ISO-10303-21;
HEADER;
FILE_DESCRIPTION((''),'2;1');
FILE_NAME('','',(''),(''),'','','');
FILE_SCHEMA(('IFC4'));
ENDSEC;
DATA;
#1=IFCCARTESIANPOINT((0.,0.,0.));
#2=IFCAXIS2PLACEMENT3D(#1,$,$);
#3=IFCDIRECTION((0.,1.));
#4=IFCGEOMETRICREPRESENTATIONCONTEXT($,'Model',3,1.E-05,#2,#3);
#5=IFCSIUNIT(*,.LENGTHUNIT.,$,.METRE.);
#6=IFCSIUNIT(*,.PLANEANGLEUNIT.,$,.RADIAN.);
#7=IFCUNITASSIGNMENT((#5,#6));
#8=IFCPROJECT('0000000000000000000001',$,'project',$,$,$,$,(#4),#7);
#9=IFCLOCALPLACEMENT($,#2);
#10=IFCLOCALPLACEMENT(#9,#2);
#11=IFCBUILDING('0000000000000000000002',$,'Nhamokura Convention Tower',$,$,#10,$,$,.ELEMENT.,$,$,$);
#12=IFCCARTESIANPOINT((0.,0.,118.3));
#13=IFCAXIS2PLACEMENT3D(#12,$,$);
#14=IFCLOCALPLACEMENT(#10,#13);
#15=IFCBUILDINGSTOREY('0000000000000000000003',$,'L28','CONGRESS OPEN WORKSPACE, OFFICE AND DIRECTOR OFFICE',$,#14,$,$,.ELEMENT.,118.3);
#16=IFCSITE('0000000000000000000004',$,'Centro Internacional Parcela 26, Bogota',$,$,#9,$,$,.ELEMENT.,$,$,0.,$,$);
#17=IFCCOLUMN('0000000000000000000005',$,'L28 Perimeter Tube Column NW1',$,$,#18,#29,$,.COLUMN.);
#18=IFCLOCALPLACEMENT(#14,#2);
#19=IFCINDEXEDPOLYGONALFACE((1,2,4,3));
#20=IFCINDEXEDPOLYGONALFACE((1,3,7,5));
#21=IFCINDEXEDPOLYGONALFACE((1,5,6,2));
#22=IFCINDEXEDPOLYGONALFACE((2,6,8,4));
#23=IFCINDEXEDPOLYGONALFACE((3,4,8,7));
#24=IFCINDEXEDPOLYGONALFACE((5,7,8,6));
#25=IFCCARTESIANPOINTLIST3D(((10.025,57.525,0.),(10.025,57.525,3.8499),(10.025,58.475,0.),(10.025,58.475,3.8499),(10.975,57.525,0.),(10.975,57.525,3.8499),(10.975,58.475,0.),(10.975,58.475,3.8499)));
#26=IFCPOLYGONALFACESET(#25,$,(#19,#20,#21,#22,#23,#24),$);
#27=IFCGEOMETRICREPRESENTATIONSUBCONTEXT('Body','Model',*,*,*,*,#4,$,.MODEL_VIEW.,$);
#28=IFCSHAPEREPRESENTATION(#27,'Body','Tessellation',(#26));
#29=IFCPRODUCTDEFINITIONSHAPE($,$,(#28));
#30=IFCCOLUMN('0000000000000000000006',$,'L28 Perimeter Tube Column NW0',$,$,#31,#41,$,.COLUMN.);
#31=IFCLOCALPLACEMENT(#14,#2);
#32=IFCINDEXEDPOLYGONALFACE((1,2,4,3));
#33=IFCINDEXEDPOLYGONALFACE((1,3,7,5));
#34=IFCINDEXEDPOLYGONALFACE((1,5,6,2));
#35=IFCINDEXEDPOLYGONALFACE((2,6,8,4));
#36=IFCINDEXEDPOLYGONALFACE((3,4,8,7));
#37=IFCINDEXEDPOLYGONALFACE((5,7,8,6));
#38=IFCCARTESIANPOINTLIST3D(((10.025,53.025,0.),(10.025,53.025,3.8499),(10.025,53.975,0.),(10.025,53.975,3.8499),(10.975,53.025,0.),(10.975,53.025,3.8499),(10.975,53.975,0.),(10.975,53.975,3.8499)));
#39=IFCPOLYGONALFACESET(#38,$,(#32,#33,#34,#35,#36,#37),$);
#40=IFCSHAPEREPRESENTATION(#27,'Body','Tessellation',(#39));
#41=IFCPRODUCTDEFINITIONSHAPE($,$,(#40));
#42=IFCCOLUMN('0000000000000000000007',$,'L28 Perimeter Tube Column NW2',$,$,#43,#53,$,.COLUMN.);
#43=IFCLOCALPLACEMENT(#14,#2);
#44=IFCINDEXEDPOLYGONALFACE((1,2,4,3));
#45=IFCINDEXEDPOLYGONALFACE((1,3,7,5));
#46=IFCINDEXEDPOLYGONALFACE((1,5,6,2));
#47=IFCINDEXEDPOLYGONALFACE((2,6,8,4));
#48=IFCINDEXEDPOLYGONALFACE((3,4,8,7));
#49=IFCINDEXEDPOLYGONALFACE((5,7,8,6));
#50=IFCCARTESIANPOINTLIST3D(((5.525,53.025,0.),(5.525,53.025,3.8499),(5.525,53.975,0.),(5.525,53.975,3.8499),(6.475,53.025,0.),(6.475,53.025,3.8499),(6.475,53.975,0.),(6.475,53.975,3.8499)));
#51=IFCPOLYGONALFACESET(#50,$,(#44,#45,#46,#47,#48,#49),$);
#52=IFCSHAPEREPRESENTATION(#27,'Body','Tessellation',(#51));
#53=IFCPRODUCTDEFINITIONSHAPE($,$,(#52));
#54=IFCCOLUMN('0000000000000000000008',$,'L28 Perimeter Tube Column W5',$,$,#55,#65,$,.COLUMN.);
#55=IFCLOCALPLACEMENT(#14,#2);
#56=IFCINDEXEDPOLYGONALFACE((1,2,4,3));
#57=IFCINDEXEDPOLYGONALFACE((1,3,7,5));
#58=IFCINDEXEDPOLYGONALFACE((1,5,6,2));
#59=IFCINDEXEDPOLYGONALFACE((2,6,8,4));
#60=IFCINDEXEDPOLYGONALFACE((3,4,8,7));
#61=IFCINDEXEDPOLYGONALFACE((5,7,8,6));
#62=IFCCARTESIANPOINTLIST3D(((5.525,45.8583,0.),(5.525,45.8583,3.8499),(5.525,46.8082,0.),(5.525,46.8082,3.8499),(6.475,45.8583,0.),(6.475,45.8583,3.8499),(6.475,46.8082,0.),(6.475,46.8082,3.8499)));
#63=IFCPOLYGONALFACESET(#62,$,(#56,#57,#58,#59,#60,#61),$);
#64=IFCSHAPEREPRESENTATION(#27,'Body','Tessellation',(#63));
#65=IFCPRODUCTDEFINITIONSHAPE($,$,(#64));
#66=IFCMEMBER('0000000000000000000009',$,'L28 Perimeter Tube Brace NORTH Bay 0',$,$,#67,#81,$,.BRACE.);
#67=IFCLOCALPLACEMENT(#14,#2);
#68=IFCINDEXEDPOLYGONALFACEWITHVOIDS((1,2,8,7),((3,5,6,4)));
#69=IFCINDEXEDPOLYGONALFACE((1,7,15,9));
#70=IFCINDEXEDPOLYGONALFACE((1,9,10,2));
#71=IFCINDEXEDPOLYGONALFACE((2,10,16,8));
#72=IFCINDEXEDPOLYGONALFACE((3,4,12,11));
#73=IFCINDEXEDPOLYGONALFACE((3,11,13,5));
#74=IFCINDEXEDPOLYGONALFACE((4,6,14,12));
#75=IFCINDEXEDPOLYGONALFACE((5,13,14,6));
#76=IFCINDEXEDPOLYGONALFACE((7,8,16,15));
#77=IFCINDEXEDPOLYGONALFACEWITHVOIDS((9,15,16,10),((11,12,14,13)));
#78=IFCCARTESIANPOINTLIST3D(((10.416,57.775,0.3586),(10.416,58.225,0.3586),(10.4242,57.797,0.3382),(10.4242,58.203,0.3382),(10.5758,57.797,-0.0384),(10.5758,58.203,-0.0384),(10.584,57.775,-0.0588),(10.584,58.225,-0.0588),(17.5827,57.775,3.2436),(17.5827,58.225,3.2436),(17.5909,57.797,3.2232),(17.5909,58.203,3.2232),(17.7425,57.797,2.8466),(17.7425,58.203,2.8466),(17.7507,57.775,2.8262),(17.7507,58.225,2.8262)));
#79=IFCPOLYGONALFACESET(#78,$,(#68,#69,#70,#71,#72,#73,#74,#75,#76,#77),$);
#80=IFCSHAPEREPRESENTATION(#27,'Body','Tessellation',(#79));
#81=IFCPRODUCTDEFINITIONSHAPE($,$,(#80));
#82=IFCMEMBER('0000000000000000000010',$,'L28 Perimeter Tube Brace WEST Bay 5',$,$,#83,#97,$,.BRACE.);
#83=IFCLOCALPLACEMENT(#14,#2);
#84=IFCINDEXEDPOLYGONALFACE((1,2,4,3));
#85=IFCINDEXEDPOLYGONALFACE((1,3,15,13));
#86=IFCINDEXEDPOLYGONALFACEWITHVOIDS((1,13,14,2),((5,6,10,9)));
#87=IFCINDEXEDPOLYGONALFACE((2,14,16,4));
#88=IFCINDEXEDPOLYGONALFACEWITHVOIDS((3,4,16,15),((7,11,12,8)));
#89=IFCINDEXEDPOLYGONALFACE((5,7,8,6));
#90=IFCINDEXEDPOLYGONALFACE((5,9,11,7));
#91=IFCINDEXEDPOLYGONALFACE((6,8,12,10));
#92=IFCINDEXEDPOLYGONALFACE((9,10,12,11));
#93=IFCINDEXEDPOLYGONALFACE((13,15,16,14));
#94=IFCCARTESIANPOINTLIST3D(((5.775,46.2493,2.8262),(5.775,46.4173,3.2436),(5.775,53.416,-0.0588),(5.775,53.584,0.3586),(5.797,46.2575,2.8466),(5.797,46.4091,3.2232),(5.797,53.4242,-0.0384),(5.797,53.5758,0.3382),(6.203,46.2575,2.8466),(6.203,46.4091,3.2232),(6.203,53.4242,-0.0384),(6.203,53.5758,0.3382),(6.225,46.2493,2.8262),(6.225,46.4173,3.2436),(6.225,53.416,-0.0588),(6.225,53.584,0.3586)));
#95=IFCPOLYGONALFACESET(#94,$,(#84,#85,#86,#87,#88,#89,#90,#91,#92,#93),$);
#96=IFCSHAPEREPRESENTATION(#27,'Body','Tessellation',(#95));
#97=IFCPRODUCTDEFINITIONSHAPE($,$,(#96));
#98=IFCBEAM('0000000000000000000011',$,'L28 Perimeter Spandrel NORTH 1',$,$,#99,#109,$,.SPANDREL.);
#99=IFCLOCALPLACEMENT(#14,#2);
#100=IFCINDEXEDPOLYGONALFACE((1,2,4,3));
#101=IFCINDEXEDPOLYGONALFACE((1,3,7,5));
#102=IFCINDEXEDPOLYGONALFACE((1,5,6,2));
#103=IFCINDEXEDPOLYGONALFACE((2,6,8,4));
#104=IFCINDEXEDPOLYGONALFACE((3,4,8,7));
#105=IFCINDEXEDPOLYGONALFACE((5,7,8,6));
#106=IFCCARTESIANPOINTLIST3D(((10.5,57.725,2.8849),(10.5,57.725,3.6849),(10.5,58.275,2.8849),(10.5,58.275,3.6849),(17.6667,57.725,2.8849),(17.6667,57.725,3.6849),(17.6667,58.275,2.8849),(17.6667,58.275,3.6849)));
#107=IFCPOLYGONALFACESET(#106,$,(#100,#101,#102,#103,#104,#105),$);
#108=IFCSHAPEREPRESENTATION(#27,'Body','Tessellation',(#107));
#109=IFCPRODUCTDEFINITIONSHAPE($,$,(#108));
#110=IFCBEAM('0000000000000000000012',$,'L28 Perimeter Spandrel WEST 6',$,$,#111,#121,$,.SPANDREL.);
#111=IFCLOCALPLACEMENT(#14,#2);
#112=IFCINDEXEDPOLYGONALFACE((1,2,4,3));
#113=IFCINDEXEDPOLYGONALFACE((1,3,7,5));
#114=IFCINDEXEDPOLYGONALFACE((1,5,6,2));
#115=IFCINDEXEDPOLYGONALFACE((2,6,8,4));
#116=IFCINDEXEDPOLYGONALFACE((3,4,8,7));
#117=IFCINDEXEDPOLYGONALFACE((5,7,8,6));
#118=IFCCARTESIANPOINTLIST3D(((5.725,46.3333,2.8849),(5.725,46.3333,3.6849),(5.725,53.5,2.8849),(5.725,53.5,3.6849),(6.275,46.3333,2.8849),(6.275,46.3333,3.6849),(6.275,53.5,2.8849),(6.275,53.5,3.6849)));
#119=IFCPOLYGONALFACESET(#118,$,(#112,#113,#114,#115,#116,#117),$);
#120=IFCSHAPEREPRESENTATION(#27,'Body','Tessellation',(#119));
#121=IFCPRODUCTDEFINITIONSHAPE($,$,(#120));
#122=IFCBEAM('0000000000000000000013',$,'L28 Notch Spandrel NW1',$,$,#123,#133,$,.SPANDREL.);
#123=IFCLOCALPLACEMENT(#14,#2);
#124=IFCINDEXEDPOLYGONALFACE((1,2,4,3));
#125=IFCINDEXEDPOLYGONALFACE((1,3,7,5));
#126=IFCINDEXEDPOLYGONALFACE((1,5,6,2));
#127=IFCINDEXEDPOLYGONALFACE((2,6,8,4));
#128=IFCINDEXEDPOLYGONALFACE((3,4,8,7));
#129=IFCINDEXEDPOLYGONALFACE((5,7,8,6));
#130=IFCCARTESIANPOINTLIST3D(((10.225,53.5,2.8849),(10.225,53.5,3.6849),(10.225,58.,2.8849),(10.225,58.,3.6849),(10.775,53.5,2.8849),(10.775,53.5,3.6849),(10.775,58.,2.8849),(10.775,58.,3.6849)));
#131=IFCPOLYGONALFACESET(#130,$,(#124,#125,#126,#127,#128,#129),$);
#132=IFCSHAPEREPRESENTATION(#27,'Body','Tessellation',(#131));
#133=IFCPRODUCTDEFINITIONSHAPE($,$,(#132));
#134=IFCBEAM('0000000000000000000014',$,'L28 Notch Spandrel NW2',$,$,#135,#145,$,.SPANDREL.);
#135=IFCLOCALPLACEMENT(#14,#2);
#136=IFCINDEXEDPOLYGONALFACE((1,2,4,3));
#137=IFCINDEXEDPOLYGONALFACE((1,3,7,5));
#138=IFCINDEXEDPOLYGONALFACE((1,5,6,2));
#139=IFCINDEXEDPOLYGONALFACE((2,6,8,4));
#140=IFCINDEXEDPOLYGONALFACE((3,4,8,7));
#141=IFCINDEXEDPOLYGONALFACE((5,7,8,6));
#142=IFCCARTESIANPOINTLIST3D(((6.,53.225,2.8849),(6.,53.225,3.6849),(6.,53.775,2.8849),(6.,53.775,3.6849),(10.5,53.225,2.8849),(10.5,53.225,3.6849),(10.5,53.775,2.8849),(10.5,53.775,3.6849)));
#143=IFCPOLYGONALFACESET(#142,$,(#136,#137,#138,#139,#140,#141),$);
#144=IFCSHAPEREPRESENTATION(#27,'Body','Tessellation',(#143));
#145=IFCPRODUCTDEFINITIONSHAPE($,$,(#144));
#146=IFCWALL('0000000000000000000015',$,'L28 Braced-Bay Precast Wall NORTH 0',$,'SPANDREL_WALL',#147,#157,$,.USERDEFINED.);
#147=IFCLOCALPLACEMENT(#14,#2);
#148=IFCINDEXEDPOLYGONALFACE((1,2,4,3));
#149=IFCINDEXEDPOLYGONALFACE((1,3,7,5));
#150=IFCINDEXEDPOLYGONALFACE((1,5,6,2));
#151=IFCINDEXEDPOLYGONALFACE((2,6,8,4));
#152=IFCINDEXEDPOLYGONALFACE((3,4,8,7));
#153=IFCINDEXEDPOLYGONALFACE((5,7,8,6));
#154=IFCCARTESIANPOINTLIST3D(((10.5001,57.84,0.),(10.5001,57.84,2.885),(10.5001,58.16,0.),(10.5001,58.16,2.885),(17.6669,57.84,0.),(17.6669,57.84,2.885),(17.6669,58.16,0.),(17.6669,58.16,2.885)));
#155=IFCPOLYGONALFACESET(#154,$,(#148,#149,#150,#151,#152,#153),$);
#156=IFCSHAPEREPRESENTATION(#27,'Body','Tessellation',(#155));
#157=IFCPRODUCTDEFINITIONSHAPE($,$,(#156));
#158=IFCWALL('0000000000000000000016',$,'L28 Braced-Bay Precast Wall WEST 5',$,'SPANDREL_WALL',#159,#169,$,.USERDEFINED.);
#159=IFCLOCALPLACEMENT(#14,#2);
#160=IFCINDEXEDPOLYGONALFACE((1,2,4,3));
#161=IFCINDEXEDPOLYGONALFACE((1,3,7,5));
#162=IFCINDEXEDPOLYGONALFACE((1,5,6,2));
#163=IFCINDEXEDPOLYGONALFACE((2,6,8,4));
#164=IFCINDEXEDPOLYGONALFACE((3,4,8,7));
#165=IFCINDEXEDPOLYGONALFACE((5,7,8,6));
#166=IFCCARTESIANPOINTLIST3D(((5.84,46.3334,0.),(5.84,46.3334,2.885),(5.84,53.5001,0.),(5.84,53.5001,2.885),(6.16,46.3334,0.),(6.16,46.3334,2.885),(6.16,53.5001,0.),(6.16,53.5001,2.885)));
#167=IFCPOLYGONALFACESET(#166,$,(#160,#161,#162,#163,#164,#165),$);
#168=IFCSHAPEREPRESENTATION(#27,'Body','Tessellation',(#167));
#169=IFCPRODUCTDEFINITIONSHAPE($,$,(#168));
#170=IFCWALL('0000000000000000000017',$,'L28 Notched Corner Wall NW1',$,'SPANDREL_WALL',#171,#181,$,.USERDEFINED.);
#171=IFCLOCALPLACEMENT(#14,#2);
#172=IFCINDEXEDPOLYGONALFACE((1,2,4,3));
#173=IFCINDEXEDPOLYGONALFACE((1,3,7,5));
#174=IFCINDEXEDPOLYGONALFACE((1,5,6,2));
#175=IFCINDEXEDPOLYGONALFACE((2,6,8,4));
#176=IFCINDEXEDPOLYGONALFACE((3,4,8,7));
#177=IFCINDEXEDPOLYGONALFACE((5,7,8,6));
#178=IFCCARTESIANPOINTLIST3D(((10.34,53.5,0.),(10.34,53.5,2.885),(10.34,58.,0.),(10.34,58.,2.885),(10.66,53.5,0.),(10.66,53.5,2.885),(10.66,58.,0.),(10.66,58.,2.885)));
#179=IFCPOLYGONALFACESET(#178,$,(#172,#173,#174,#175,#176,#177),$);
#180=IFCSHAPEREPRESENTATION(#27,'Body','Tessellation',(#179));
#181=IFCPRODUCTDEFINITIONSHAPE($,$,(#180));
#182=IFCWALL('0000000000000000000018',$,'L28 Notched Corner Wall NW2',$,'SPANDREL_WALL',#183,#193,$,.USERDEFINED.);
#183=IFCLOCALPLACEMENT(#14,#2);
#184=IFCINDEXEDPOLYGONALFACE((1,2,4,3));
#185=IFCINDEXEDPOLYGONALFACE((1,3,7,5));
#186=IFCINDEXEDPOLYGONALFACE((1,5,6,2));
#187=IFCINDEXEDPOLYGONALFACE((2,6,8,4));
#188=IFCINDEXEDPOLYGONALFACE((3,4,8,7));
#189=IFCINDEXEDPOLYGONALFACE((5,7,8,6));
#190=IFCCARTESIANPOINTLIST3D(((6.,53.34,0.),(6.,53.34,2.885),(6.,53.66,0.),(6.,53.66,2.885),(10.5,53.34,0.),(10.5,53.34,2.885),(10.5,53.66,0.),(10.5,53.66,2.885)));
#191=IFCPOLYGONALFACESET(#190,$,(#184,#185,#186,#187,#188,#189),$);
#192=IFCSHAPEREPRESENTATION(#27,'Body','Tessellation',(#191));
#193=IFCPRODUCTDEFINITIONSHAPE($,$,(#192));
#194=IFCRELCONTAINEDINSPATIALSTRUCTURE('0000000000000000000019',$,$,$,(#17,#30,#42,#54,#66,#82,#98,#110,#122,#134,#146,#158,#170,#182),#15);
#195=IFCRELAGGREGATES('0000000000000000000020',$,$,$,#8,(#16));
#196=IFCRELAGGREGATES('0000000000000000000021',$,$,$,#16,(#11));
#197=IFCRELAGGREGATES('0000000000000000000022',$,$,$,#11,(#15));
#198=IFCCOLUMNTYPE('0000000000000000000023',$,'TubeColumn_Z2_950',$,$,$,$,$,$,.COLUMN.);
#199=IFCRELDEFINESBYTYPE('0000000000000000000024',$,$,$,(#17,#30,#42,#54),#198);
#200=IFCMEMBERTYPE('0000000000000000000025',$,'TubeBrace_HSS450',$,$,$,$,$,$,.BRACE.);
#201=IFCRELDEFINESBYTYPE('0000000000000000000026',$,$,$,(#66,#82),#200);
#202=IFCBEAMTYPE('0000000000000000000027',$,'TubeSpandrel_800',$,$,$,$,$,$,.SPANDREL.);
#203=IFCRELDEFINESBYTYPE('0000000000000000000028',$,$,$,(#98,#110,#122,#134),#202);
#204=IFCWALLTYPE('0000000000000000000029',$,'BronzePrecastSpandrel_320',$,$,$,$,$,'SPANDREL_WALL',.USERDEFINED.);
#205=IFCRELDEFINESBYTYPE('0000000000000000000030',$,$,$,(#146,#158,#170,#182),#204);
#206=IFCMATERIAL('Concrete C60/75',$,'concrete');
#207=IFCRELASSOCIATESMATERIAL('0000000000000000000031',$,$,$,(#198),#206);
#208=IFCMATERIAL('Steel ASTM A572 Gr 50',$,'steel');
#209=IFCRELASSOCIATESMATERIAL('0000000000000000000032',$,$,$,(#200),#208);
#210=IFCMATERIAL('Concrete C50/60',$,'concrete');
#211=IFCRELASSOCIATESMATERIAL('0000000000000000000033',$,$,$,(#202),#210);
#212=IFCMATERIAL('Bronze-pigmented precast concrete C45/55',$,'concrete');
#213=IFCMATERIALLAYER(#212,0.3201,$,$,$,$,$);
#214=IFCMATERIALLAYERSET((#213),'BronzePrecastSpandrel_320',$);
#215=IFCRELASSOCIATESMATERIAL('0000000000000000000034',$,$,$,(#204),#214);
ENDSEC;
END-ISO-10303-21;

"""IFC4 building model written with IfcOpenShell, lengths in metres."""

from ifc_helpers import new_model, si_unit, direction, frame, frame_2d, origin, origin_2d, place, context, subcontext, project, spatial, rectangle, hollow_rectangle, extrude, material, layer, layer_set, material_profile, profile_set, type_object, element, save


model = new_model("IFC4")

# Units and contexts
model_context = context("Model", 3, precision=1e-05, world=origin(), true_north=direction((0.0, 1.0)))
body_context = subcontext(model_context, "Body", "Model", "MODEL_VIEW")
ifc_project = project(units=[si_unit("LENGTHUNIT", "METRE"), si_unit("PLANEANGLEUNIT", "RADIAN")], contexts=[model_context])

# Site, building, storey
site_placement = place(None, origin())
site = spatial("IfcSite", under=ifc_project, at=site_placement, Name="Centro Internacional Parcela 26, Bogota", CompositionType="ELEMENT", RefElevation=0.0)
building_placement = place(site_placement, origin())
building = spatial("IfcBuilding", under=site, at=building_placement, Name="Nhamokura Convention Tower", CompositionType="ELEMENT")
storey_placement = place(building_placement, frame((0.0, 0.0, 118.3)))
storey = spatial("IfcBuildingStorey", under=building, at=storey_placement, Name="L28", Description="CONGRESS OPEN WORKSPACE, OFFICE AND DIRECTOR OFFICE", CompositionType="ELEMENT", Elevation=118.3)

# Columns
ifc_material_1 = material(Name="Concrete C60/75", Category="concrete")
ifc_material_profile_1 = material_profile(ifc_material_1, rectangle(XDim=0.95, YDim=0.95, at=origin_2d()))
ifc_profile_set_1 = profile_set([ifc_material_profile_1], Name="Concrete C60/75")
column_type = type_object("IfcColumnType", Name="TubeColumn_Z2_950", PredefinedType="COLUMN", material=ifc_profile_set_1)
for number, where, z_axis, x_axis, name in (
    (1, (10.5, 58.0, 0.0), (0.0, 0.0, 1.0), (1.0, 0.0, 0.0), "L28 Perimeter Tube Column NW1"),
    (2, (10.5, 53.5, 0.0), (0.0, 0.0, 1.0), (1.0, 0.0, 0.0), "L28 Perimeter Tube Column NW0"),
    (3, (6.0, 53.5, 0.0), (0.0, 0.0, 1.0), (1.0, 0.0, 0.0), "L28 Perimeter Tube Column NW2"),
    (4, (6.0, 46.3333, 0.0), (0.0, 0.0, 1.0), (1.0, 0.0, 0.0), "L28 Perimeter Tube Column W5"),
):
    element("IfcColumn", number, at=place(storey_placement, frame(where, z_axis=z_axis, x_axis=x_axis)), inside=storey, type_object=column_type, Name=name, PredefinedType="COLUMN", context=body_context, shape_type="SweptSolid", body=[
        extrude(rectangle(XDim=0.95, YDim=0.95, at=origin_2d()), origin(), (0.0, 0.0, 1.0), 3.8499),
    ])

# Members
ifc_material_2 = material(Name="Steel ASTM A572 Gr 50", Category="steel")
ifc_material_profile_2 = material_profile(ifc_material_2, hollow_rectangle(XDim=0.45, YDim=0.45, WallThickness=0.022, at=origin_2d()))
ifc_profile_set_2 = profile_set([ifc_material_profile_2], Name="Steel ASTM A572 Gr 50")
member_type = type_object("IfcMemberType", Name="TubeBrace_HSS450", PredefinedType="BRACE", material=ifc_profile_set_2)
for number, where, z_axis, x_axis, name in (
    (5, (10.5, 58.0, 0.1499), (0.927657, 0.0, 0.373433), (0.0, 1.0, 0.0), "L28 Perimeter Tube Brace NORTH Bay 0"),
    (6, (6.0, 53.5, 0.1499), (0.0, -0.927657, 0.373433), (1.0, 0.0, 0.0), "L28 Perimeter Tube Brace WEST Bay 5"),
):
    element("IfcMember", number, at=place(storey_placement, frame(where, z_axis=z_axis, x_axis=x_axis)), inside=storey, type_object=member_type, Name=name, PredefinedType="BRACE", context=body_context, shape_type="SweptSolid", body=[
        extrude(hollow_rectangle(XDim=0.45, YDim=0.45, WallThickness=0.022, at=origin_2d()), origin(), (0.0, 0.0, 1.0), 7.7256),
    ])

# Beams
ifc_material_3 = material(Name="Concrete C50/60", Category="concrete")
ifc_material_profile_3 = material_profile(ifc_material_3, rectangle(XDim=0.55, YDim=0.8, at=origin_2d()))
ifc_profile_set_3 = profile_set([ifc_material_profile_3], Name="Concrete C50/60")
beam_type = type_object("IfcBeamType", Name="TubeSpandrel_800", PredefinedType="SPANDREL", material=ifc_profile_set_3)
for number, where, z_axis, x_axis, name in (
    (7, (10.5, 58.0, 3.2849), (1.0, 0.0, 0.0), (0.0, 1.0, 0.0), "L28 Perimeter Spandrel NORTH 1"),
    (8, (6.0, 46.3333, 3.2849), (0.0, 1.0, 0.0), (-1.0, 0.0, 0.0), "L28 Perimeter Spandrel WEST 6"),
):
    element("IfcBeam", number, at=place(storey_placement, frame(where, z_axis=z_axis, x_axis=x_axis)), inside=storey, type_object=beam_type, Name=name, PredefinedType="SPANDREL", context=body_context, shape_type="SweptSolid", body=[
        extrude(rectangle(XDim=0.55, YDim=0.8, at=origin_2d()), origin(), (0.0, 0.0, 1.0), 7.1667),
    ])
for number, where, z_axis, x_axis, name in (
    (9, (10.5, 58.0, 3.2849), (0.0, -1.0, 0.0), (1.0, 0.0, 0.0), "L28 Notch Spandrel NW1"),
    (10, (10.5, 53.5, 3.2849), (-1.0, 0.0, 0.0), (0.0, -1.0, 0.0), "L28 Notch Spandrel NW2"),
):
    element("IfcBeam", number, at=place(storey_placement, frame(where, z_axis=z_axis, x_axis=x_axis)), inside=storey, type_object=beam_type, Name=name, PredefinedType="SPANDREL", context=body_context, shape_type="SweptSolid", body=[
        extrude(rectangle(XDim=0.55, YDim=0.8, at=origin_2d()), origin(), (0.0, 0.0, 1.0), 4.5),
    ])

# Walls
ifc_material_4 = material(Name="Bronze-pigmented precast concrete C45/55", Category="concrete")
ifc_layer_1 = layer(ifc_material_4, 0.3201)
ifc_layer_set_1 = layer_set([ifc_layer_1], Name="BronzePrecastSpandrel_320")
wall_type_1 = type_object("IfcWallType", Name="BronzePrecastSpandrel_320", ElementType="SPANDREL_WALL", PredefinedType="USERDEFINED", material=ifc_layer_set_1)
for number, where, z_axis, x_axis, name in (
    (11, (10.5, 58.0, 0.0), (0.0, 0.0, 1.0), (1.0, 0.0, 0.0), "L28 Braced-Bay Precast Wall NORTH 0"),
    (12, (6.0, 46.3333, 0.0), (0.0, 0.0, 1.0), (0.0, 1.0, 0.0), "L28 Braced-Bay Precast Wall WEST 5"),
):
    element("IfcWall", number, at=place(storey_placement, frame(where, z_axis=z_axis, x_axis=x_axis)), inside=storey, type_object=wall_type_1, Name=name, ObjectType="SPANDREL_WALL", PredefinedType="USERDEFINED", context=body_context, shape_type="SweptSolid", body=[
        extrude(rectangle(XDim=7.1667, YDim=0.3201, at=frame_2d((3.5835, 0.0))), origin(), (0.0, 0.0, 1.0), 2.885),
    ])
for number, where, z_axis, x_axis, name in (
    (13, (10.5, 53.5, 0.0), (0.0, 0.0, 1.0), (0.0, 1.0, 0.0), "L28 Notched Corner Wall NW1"),
    (14, (6.0, 53.5, 0.0), (0.0, 0.0, 1.0), (1.0, 0.0, 0.0), "L28 Notched Corner Wall NW2"),
):
    element("IfcWall", number, at=place(storey_placement, frame(where, z_axis=z_axis, x_axis=x_axis)), inside=storey, type_object=wall_type_1, Name=name, ObjectType="SPANDREL_WALL", PredefinedType="USERDEFINED", context=body_context, shape_type="SweptSolid", body=[
        extrude(rectangle(XDim=4.5, YDim=0.3201, at=frame_2d((2.25, 0.0))), origin(), (0.0, 0.0, 1.0), 2.885),
    ])

save(model, "model.ifc")
